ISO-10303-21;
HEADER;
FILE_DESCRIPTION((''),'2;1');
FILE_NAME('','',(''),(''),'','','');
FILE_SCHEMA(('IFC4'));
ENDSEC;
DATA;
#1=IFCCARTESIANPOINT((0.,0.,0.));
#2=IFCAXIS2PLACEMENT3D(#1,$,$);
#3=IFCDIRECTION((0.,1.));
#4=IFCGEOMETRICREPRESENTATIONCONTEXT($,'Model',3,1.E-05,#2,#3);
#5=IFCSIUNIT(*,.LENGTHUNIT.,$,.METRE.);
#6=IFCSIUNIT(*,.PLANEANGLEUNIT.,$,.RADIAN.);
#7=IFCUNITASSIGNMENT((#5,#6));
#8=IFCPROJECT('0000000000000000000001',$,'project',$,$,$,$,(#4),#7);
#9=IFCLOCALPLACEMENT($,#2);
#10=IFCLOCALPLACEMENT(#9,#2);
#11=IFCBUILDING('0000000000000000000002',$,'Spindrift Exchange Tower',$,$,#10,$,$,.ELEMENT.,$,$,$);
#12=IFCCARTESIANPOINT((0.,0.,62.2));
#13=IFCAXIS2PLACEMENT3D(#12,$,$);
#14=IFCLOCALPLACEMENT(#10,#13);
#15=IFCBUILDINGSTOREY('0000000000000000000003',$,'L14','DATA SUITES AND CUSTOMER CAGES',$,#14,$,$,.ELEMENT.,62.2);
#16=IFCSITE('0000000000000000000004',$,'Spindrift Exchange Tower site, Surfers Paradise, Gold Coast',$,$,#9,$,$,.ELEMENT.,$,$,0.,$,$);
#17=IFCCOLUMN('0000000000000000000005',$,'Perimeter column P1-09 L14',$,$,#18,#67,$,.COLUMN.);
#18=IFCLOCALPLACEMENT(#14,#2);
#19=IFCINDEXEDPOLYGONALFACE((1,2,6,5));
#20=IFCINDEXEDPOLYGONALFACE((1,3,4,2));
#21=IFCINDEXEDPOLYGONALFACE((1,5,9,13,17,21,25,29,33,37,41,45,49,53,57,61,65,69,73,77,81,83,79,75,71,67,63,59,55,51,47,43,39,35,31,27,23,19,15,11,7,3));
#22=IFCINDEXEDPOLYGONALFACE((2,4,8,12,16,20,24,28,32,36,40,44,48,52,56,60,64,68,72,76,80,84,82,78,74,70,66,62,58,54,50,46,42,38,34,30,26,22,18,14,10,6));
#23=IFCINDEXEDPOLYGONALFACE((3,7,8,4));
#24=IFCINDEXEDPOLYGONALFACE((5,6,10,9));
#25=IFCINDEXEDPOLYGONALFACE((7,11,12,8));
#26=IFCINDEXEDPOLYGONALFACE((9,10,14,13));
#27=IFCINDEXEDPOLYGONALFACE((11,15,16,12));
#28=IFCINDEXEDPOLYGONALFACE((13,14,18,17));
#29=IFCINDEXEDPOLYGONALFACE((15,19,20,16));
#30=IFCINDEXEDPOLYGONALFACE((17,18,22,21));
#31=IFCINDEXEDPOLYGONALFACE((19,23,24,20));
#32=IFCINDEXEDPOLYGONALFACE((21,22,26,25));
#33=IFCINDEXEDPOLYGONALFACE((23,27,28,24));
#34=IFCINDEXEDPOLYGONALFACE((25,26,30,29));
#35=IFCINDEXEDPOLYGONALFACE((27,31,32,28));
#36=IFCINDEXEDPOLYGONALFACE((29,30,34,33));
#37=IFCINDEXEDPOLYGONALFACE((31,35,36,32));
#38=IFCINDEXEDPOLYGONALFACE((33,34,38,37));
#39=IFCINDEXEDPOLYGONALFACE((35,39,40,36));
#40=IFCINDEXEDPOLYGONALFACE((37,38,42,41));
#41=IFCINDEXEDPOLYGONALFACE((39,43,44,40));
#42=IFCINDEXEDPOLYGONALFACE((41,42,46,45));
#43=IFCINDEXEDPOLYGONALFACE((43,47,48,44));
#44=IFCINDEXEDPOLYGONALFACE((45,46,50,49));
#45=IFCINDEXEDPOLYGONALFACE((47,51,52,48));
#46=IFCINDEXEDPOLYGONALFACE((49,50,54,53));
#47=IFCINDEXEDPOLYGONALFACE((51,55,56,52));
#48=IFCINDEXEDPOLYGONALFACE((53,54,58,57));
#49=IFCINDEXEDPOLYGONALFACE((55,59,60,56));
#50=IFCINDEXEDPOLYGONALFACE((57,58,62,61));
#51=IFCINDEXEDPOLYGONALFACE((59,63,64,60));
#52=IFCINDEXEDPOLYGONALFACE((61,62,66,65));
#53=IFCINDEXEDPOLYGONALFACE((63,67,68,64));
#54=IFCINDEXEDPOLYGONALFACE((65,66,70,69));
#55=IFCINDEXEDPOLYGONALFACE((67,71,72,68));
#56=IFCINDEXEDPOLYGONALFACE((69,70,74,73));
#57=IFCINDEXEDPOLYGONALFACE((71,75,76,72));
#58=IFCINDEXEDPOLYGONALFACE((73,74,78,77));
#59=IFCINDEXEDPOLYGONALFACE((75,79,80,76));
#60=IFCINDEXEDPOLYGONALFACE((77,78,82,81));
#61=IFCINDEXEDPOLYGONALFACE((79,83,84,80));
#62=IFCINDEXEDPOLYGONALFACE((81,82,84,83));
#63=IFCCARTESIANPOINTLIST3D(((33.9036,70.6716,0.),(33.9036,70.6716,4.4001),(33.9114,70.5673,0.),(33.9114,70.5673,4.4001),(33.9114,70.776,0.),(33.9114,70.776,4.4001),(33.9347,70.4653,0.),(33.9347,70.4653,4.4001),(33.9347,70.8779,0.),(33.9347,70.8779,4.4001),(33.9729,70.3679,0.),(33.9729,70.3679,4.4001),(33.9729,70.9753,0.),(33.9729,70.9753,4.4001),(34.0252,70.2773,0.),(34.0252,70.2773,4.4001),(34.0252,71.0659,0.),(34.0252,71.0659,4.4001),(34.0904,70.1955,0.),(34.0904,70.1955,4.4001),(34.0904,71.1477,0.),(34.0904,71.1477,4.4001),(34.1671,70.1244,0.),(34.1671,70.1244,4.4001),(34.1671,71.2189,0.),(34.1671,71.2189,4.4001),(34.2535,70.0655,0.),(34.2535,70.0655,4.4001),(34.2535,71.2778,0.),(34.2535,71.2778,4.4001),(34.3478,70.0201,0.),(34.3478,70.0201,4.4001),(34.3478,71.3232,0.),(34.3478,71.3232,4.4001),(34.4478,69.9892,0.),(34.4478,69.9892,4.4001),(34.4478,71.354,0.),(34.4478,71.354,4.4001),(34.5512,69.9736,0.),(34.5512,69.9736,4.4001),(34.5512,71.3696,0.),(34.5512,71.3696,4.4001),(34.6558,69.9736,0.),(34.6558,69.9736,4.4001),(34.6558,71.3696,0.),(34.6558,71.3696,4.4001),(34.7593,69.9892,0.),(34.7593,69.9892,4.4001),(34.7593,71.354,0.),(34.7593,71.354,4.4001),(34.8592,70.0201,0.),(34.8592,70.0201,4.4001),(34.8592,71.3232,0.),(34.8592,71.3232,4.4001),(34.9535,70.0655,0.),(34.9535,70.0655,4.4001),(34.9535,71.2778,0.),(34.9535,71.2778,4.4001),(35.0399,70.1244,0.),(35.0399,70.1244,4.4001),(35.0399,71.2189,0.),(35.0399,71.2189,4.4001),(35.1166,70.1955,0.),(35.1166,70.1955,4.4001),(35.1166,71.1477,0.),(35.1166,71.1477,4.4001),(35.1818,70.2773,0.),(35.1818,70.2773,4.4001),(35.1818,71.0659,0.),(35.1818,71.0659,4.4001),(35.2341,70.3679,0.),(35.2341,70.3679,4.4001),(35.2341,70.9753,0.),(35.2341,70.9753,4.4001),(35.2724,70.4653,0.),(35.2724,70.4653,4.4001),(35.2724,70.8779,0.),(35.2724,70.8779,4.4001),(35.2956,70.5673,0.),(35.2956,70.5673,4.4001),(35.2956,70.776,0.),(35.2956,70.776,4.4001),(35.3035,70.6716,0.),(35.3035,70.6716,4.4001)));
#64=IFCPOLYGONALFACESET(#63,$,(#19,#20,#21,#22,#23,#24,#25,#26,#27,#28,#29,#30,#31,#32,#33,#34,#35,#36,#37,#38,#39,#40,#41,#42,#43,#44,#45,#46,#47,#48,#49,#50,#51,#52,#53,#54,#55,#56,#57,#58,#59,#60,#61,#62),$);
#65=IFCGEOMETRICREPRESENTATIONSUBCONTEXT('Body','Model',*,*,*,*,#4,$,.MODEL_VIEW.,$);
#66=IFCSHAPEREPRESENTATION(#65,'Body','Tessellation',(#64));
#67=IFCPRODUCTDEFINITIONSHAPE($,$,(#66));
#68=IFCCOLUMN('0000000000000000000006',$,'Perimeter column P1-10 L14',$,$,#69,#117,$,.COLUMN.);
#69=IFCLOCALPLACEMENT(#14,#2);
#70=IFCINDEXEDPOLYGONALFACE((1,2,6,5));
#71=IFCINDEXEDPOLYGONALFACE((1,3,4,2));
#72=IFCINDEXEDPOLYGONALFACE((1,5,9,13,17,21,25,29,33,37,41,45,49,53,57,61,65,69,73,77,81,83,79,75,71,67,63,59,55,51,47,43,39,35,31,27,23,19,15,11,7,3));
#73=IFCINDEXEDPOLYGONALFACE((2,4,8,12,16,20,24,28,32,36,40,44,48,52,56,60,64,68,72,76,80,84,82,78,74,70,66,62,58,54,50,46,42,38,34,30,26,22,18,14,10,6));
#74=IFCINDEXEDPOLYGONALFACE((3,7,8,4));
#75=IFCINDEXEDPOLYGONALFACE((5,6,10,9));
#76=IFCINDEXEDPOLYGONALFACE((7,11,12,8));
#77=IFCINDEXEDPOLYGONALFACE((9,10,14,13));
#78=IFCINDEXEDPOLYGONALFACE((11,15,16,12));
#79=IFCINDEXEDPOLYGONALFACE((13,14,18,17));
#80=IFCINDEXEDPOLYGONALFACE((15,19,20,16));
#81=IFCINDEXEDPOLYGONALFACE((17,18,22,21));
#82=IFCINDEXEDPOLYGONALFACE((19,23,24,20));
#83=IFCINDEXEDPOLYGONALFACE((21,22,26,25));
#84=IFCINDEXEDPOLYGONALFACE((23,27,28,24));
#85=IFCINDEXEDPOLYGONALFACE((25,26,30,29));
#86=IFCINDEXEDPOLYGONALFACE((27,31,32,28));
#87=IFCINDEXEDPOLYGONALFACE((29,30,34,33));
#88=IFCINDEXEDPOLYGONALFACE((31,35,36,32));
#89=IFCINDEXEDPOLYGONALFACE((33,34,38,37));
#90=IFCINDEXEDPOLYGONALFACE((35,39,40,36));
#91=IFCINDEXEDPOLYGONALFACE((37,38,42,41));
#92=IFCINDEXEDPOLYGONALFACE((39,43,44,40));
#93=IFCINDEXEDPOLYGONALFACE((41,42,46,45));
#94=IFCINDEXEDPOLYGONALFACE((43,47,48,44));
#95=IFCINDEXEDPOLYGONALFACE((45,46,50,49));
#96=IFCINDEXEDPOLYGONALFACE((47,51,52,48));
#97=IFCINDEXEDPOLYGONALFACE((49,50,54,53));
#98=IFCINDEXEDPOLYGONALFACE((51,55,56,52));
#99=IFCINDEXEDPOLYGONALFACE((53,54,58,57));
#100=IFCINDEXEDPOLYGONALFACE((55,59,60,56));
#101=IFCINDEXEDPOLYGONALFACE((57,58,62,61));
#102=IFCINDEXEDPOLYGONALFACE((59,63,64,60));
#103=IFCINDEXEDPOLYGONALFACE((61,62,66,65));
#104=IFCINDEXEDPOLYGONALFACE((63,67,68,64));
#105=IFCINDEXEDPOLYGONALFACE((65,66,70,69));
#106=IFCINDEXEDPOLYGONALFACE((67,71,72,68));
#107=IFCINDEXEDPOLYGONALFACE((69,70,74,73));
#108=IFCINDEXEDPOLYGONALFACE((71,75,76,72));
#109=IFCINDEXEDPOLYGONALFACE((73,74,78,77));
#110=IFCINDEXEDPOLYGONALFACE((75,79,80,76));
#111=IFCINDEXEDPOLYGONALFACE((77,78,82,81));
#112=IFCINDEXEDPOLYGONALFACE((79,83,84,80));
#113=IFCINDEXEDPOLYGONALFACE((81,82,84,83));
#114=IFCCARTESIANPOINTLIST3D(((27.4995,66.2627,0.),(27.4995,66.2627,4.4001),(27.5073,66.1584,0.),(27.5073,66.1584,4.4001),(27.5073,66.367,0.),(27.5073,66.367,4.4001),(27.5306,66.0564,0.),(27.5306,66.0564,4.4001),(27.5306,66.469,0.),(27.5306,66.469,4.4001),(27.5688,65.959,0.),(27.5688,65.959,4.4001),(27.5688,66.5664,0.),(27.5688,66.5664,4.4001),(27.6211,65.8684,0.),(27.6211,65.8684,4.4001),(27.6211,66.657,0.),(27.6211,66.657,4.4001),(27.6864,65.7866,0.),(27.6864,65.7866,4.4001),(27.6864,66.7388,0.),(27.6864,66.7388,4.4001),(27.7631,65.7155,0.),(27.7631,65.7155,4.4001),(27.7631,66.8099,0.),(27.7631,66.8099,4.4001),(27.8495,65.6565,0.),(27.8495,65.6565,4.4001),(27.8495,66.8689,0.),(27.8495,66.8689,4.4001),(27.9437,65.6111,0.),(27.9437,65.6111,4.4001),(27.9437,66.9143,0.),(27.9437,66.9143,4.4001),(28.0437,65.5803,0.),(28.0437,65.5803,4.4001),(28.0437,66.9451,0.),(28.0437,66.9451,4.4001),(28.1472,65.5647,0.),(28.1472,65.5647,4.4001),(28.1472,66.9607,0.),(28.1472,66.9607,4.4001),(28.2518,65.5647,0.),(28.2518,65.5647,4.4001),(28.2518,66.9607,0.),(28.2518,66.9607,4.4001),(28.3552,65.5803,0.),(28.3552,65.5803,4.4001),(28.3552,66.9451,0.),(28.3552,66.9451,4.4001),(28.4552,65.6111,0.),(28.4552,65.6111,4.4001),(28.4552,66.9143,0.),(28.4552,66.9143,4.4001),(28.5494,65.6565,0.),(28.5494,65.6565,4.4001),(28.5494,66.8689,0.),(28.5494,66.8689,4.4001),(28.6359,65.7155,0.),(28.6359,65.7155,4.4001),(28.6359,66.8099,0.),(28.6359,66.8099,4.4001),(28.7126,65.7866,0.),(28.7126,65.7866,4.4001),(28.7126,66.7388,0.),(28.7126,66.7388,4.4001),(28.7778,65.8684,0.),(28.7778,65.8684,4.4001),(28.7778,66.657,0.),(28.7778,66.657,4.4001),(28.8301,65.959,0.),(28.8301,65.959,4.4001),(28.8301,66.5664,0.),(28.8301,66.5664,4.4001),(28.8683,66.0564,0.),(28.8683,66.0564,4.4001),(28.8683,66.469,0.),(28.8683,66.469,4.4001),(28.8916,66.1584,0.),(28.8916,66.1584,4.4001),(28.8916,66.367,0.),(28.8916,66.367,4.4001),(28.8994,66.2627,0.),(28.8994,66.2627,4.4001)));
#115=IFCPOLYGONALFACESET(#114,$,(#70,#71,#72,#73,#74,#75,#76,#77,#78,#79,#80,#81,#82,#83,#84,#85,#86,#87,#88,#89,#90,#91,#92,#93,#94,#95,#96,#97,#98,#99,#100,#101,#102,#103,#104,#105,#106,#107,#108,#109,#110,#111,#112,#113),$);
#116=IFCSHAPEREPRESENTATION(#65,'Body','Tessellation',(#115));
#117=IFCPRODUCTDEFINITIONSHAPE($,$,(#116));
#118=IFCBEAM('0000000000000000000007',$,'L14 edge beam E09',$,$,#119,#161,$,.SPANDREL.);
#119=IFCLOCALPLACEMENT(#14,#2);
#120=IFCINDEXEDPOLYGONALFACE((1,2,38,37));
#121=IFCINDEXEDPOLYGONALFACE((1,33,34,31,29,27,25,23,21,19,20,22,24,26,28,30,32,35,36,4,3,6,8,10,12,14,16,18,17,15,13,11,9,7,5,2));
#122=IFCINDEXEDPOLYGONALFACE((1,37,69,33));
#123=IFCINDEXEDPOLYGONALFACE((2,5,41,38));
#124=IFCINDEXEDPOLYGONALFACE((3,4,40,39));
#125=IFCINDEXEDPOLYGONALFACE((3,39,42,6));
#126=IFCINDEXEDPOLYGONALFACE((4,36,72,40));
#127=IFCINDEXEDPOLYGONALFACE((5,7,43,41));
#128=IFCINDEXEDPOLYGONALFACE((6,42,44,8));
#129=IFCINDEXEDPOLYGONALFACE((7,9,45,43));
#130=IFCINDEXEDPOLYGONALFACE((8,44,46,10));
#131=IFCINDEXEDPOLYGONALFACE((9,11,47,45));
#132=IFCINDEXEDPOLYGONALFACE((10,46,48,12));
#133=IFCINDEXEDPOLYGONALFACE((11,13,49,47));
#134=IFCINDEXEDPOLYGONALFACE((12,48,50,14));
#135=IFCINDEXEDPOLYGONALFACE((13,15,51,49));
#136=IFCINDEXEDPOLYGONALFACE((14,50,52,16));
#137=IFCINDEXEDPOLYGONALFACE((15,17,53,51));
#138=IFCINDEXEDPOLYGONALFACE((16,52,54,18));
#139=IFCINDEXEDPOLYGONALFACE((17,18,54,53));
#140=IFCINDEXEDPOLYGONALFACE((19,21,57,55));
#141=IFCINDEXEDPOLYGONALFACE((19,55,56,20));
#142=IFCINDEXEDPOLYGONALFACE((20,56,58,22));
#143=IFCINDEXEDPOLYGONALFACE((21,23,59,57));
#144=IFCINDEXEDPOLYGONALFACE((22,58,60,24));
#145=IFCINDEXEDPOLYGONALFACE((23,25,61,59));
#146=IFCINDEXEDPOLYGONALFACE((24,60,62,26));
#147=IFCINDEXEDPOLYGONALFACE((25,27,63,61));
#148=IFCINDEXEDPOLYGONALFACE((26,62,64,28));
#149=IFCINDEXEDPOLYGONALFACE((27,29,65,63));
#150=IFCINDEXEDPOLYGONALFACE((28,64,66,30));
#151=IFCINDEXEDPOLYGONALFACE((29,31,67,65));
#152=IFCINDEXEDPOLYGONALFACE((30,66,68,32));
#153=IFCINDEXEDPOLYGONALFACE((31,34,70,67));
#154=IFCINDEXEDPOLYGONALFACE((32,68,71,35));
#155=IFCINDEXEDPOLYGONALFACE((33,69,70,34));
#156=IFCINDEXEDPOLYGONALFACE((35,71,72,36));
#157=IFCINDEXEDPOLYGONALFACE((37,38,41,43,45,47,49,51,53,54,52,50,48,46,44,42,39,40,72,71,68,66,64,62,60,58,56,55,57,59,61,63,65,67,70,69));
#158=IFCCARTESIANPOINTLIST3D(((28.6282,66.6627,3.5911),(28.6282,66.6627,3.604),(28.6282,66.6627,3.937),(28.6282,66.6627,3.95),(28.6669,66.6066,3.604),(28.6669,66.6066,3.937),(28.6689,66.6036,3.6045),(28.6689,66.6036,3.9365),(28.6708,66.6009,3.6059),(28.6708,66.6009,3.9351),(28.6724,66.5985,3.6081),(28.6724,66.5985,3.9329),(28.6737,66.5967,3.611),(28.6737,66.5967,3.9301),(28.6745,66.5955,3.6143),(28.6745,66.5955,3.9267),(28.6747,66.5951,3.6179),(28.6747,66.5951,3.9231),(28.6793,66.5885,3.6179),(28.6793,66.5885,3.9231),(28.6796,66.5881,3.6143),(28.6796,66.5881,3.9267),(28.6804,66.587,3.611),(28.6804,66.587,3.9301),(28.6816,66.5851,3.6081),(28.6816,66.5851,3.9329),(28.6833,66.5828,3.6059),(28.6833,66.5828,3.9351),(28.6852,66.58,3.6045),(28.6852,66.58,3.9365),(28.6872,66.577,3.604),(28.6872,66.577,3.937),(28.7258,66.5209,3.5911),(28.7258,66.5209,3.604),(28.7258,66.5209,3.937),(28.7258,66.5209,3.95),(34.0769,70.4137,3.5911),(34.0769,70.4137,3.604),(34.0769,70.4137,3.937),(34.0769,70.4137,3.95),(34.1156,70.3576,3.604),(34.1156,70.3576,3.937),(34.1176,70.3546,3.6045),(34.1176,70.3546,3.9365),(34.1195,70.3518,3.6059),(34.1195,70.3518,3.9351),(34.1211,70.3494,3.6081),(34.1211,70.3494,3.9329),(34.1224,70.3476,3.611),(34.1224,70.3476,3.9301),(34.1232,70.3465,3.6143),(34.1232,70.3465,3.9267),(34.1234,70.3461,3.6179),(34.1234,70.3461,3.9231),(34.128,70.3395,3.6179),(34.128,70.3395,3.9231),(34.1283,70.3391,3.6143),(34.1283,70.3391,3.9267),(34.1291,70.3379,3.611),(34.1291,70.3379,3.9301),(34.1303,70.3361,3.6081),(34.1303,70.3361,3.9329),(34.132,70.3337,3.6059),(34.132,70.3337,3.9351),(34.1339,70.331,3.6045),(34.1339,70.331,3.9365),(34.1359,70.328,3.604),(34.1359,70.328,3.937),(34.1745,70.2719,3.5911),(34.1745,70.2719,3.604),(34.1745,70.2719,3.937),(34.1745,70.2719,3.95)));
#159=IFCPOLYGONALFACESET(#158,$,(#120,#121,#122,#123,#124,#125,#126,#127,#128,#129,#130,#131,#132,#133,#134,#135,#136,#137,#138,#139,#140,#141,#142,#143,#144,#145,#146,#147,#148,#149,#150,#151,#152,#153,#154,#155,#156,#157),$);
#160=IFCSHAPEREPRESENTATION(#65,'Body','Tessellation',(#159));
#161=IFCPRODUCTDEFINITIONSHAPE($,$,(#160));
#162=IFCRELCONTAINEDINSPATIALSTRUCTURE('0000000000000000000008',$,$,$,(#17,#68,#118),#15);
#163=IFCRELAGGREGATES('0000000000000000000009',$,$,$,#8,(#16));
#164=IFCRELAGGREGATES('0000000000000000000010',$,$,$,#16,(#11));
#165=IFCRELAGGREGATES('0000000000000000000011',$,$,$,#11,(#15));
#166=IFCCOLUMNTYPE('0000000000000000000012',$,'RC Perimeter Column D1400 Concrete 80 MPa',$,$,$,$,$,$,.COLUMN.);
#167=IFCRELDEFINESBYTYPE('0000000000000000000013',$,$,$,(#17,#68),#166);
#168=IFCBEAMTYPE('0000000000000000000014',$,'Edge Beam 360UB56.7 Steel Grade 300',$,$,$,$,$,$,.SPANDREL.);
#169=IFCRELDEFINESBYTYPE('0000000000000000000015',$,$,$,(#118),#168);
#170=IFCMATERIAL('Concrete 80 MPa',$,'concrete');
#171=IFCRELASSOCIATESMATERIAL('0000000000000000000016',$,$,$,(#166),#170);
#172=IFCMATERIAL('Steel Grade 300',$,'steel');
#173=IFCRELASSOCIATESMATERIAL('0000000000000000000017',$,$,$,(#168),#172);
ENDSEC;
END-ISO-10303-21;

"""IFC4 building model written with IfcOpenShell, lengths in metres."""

from ifc_helpers import new_model, si_unit, direction, frame, origin, origin_2d, place, context, subcontext, project, spatial, circle, i_section, extrude, source, transform, mapped, material, material_profile, profile_set, type_object, element, save


model = new_model("IFC4")

# Units and contexts
model_context = context("Model", 3, precision=1e-05, world=origin(), true_north=direction((0.0, 1.0)))
body_context = subcontext(model_context, "Body", "Model", "MODEL_VIEW")
ifc_project = project(units=[si_unit("LENGTHUNIT", "METRE"), si_unit("PLANEANGLEUNIT", "RADIAN")], contexts=[model_context])

# Site, building, storey
site_placement = place(None, origin())
site = spatial("IfcSite", under=ifc_project, at=site_placement, Name="Spindrift Exchange Tower site, Surfers Paradise, Gold Coast", CompositionType="ELEMENT", RefElevation=0.0)
building_placement = place(site_placement, origin())
building = spatial("IfcBuilding", under=site, at=building_placement, Name="Spindrift Exchange Tower", CompositionType="ELEMENT")
storey_placement = place(building_placement, frame((0.0, 0.0, 62.2)))
storey = spatial("IfcBuildingStorey", under=building, at=storey_placement, Name="L14", Description="DATA SUITES AND CUSTOMER CAGES", CompositionType="ELEMENT", Elevation=62.2)

# Columns
ifc_material_1 = material(Name="Concrete 80 MPa", Category="concrete")
ifc_material_profile_1 = material_profile(ifc_material_1, circle(Radius=0.7, at=origin_2d()), Name="RC D1400")
ifc_profile_set_1 = profile_set([ifc_material_profile_1], Name="Concrete 80 MPa")
column_type = type_object("IfcColumnType", Name="RC Perimeter Column D1400 Concrete 80 MPa", PredefinedType="COLUMN", material=ifc_profile_set_1)
shared_shape_1 = source(origin(), body_context, "Body", "SweptSolid", [
    extrude(circle(Radius=0.7, at=origin_2d()), origin(), (0.0, 0.0, 1.0), 4.4001),
])
for number, where, z_axis, x_axis, name in (
    (1, (34.6035, 70.6716, 0.0), (0.0, 0.0, 1.0), (1.0, 0.0, 0.0), "Perimeter column P1-09 L14"),
    (2, (28.1995, 66.2627, 0.0), (0.0, 0.0, 1.0), (1.0, 0.0, 0.0), "Perimeter column P1-10 L14"),
):
    element("IfcColumn", number, at=place(storey_placement, frame(where, z_axis=z_axis, x_axis=x_axis)), inside=storey, type_object=column_type, Name=name, PredefinedType="COLUMN", context=body_context, shape_type="MappedRepresentation", body=[
        mapped(shared_shape_1, transform((0.0, 0.0, 0.0), scale=1.0)),
    ])

# Beam
ifc_material_2 = material(Name="Steel Grade 300", Category="steel")
ifc_material_profile_2 = material_profile(ifc_material_2, i_section(OverallWidth=0.1721, OverallDepth=0.3589, WebThickness=0.0081, FlangeThickness=0.0129, FilletRadius=0.0139, at=origin_2d()), Name="360UB56.7")
ifc_profile_set_2 = profile_set([ifc_material_profile_2], Name="Steel Grade 300")
beam_type_1 = type_object("IfcBeamType", Name="Edge Beam 360UB56.7 Steel Grade 300", PredefinedType="SPANDREL", material=ifc_profile_set_2)
shared_shape_2 = source(origin(), body_context, "Body", "SweptSolid", [
    extrude(i_section(OverallWidth=0.1721, OverallDepth=0.3589, WebThickness=0.0081, FlangeThickness=0.0129, FilletRadius=0.0139, at=origin_2d()), origin(), (0.0, 0.0, 1.0), 6.615),
])
beam_1_placement = place(storey_placement, frame((34.1257, 70.3428, 3.7705), z_axis=(-0.823691, -0.567039, 0.0), x_axis=(0.567039, -0.823691, 0.0)))
element("IfcBeam", 3, at=beam_1_placement, inside=storey, type_object=beam_type_1, Name="L14 edge beam E09", PredefinedType="SPANDREL", context=body_context, shape_type="MappedRepresentation", body=[
    mapped(shared_shape_2, transform((0.0, 0.0, 0.0), scale=1.0)),
])

save(model, "model.ifc")
